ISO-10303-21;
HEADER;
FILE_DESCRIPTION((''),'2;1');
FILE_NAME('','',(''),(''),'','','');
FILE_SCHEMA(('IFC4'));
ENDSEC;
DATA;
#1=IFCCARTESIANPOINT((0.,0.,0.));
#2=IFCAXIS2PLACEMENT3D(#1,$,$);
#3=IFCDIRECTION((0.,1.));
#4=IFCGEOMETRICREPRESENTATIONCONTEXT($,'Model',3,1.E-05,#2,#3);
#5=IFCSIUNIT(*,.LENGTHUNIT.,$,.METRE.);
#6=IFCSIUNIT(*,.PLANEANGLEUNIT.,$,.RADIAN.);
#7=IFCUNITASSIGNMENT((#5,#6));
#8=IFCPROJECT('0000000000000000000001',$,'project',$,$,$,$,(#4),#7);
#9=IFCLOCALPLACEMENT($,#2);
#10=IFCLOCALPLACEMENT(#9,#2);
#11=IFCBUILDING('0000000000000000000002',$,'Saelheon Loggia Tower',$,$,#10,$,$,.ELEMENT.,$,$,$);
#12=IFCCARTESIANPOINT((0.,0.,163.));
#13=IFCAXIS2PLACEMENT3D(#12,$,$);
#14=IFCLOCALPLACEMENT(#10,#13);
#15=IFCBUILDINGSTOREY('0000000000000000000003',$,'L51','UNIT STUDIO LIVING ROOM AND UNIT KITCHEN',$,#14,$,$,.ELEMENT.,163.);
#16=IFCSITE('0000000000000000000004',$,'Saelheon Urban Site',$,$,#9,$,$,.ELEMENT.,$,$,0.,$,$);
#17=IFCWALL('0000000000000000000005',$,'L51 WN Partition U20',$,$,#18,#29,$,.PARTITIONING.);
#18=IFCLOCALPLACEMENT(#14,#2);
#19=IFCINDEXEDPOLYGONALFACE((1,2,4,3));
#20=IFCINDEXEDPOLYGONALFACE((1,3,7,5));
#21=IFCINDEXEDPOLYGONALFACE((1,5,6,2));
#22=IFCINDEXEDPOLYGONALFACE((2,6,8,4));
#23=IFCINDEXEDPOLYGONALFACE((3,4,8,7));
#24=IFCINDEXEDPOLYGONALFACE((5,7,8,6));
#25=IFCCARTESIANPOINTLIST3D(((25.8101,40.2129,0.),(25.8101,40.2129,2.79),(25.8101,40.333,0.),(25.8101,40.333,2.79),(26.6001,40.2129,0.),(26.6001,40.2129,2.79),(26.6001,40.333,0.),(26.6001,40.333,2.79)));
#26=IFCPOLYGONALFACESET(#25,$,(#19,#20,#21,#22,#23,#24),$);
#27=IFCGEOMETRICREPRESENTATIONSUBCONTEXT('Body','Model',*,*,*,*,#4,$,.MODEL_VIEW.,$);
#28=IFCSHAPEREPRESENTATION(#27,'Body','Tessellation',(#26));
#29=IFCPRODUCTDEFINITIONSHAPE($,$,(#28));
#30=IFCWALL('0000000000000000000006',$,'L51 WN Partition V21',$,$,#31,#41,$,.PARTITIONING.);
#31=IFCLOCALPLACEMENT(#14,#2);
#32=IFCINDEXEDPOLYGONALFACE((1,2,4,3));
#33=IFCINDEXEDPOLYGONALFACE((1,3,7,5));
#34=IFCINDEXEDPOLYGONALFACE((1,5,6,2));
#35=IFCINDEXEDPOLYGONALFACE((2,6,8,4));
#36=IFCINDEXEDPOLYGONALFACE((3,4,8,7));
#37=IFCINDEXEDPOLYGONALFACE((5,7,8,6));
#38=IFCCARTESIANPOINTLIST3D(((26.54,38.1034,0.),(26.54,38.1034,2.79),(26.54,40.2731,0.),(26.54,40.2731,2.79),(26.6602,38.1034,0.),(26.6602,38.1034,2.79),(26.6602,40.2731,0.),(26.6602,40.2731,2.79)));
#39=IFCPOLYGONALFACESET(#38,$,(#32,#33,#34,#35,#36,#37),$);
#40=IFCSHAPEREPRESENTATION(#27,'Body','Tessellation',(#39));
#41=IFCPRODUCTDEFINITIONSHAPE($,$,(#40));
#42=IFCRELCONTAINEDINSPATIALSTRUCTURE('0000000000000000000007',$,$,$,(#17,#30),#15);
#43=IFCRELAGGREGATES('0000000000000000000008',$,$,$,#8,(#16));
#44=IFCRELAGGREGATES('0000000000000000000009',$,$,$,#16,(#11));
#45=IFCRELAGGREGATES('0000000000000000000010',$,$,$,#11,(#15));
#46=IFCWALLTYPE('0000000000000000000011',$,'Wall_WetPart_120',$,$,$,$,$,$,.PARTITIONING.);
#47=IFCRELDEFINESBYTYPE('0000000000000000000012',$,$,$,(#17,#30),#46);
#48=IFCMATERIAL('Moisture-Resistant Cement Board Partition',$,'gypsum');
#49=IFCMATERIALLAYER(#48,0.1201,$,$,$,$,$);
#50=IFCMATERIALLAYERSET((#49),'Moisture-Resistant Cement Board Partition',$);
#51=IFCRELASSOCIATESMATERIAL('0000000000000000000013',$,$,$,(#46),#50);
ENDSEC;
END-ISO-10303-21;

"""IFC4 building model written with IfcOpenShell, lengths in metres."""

from ifc_helpers import new_model, si_unit, direction, frame, frame_2d, origin, place, context, subcontext, project, spatial, rectangle, extrude, material, layer, layer_set, type_object, element, save


model = new_model("IFC4")

# Units and contexts
model_context = context("Model", 3, precision=1e-05, world=origin(), true_north=direction((0.0, 1.0)))
body_context = subcontext(model_context, "Body", "Model", "MODEL_VIEW")
ifc_project = project(units=[si_unit("LENGTHUNIT", "METRE"), si_unit("PLANEANGLEUNIT", "RADIAN")], contexts=[model_context])

# Site, building, storey
site_placement = place(None, origin())
site = spatial("IfcSite", under=ifc_project, at=site_placement, Name="Saelheon Urban Site", CompositionType="ELEMENT", RefElevation=0.0)
building_placement = place(site_placement, origin())
building = spatial("IfcBuilding", under=site, at=building_placement, Name="Saelheon Loggia Tower", CompositionType="ELEMENT")
storey_placement = place(building_placement, frame((0.0, 0.0, 163.0)))
storey = spatial("IfcBuildingStorey", under=building, at=storey_placement, Name="L51", Description="UNIT STUDIO LIVING ROOM AND UNIT KITCHEN", CompositionType="ELEMENT", Elevation=163.0)

# Walls
ifc_material_1 = material(Name="Moisture-Resistant Cement Board Partition", Category="gypsum")
ifc_layer_1 = layer(ifc_material_1, 0.1201)
ifc_layer_set_1 = layer_set([ifc_layer_1], Name="Moisture-Resistant Cement Board Partition")
wall_type_1 = type_object("IfcWallType", Name="Wall_WetPart_120", PredefinedType="PARTITIONING", material=ifc_layer_set_1)
wall_1_placement = place(storey_placement, frame((26.6001, 40.2729, 0.0), z_axis=(0.0, 0.0, 1.0), x_axis=(-1.0, 0.0, 0.0)))
element("IfcWall", 1, at=wall_1_placement, inside=storey, type_object=wall_type_1, Name="L51 WN Partition U20", PredefinedType="PARTITIONING", context=body_context, shape_type="SweptSolid", body=[
    extrude(rectangle(XDim=0.79, YDim=0.1201, at=frame_2d((0.395, 0.0))), origin(), (0.0, 0.0, 1.0), 2.79),
])
wall_2_placement = place(storey_placement, frame((26.6001, 38.1033, 0.0), z_axis=(0.0, 0.0, 1.0), x_axis=(0.0, 1.0, 0.0)))
element("IfcWall", 2, at=wall_2_placement, inside=storey, type_object=wall_type_1, Name="L51 WN Partition V21", PredefinedType="PARTITIONING", context=body_context, shape_type="SweptSolid", body=[
    extrude(rectangle(XDim=2.1697, YDim=0.1201, at=frame_2d((1.085, 0.0))), origin(), (0.0, 0.0, 1.0), 2.79),
])

save(model, "model.ifc")
